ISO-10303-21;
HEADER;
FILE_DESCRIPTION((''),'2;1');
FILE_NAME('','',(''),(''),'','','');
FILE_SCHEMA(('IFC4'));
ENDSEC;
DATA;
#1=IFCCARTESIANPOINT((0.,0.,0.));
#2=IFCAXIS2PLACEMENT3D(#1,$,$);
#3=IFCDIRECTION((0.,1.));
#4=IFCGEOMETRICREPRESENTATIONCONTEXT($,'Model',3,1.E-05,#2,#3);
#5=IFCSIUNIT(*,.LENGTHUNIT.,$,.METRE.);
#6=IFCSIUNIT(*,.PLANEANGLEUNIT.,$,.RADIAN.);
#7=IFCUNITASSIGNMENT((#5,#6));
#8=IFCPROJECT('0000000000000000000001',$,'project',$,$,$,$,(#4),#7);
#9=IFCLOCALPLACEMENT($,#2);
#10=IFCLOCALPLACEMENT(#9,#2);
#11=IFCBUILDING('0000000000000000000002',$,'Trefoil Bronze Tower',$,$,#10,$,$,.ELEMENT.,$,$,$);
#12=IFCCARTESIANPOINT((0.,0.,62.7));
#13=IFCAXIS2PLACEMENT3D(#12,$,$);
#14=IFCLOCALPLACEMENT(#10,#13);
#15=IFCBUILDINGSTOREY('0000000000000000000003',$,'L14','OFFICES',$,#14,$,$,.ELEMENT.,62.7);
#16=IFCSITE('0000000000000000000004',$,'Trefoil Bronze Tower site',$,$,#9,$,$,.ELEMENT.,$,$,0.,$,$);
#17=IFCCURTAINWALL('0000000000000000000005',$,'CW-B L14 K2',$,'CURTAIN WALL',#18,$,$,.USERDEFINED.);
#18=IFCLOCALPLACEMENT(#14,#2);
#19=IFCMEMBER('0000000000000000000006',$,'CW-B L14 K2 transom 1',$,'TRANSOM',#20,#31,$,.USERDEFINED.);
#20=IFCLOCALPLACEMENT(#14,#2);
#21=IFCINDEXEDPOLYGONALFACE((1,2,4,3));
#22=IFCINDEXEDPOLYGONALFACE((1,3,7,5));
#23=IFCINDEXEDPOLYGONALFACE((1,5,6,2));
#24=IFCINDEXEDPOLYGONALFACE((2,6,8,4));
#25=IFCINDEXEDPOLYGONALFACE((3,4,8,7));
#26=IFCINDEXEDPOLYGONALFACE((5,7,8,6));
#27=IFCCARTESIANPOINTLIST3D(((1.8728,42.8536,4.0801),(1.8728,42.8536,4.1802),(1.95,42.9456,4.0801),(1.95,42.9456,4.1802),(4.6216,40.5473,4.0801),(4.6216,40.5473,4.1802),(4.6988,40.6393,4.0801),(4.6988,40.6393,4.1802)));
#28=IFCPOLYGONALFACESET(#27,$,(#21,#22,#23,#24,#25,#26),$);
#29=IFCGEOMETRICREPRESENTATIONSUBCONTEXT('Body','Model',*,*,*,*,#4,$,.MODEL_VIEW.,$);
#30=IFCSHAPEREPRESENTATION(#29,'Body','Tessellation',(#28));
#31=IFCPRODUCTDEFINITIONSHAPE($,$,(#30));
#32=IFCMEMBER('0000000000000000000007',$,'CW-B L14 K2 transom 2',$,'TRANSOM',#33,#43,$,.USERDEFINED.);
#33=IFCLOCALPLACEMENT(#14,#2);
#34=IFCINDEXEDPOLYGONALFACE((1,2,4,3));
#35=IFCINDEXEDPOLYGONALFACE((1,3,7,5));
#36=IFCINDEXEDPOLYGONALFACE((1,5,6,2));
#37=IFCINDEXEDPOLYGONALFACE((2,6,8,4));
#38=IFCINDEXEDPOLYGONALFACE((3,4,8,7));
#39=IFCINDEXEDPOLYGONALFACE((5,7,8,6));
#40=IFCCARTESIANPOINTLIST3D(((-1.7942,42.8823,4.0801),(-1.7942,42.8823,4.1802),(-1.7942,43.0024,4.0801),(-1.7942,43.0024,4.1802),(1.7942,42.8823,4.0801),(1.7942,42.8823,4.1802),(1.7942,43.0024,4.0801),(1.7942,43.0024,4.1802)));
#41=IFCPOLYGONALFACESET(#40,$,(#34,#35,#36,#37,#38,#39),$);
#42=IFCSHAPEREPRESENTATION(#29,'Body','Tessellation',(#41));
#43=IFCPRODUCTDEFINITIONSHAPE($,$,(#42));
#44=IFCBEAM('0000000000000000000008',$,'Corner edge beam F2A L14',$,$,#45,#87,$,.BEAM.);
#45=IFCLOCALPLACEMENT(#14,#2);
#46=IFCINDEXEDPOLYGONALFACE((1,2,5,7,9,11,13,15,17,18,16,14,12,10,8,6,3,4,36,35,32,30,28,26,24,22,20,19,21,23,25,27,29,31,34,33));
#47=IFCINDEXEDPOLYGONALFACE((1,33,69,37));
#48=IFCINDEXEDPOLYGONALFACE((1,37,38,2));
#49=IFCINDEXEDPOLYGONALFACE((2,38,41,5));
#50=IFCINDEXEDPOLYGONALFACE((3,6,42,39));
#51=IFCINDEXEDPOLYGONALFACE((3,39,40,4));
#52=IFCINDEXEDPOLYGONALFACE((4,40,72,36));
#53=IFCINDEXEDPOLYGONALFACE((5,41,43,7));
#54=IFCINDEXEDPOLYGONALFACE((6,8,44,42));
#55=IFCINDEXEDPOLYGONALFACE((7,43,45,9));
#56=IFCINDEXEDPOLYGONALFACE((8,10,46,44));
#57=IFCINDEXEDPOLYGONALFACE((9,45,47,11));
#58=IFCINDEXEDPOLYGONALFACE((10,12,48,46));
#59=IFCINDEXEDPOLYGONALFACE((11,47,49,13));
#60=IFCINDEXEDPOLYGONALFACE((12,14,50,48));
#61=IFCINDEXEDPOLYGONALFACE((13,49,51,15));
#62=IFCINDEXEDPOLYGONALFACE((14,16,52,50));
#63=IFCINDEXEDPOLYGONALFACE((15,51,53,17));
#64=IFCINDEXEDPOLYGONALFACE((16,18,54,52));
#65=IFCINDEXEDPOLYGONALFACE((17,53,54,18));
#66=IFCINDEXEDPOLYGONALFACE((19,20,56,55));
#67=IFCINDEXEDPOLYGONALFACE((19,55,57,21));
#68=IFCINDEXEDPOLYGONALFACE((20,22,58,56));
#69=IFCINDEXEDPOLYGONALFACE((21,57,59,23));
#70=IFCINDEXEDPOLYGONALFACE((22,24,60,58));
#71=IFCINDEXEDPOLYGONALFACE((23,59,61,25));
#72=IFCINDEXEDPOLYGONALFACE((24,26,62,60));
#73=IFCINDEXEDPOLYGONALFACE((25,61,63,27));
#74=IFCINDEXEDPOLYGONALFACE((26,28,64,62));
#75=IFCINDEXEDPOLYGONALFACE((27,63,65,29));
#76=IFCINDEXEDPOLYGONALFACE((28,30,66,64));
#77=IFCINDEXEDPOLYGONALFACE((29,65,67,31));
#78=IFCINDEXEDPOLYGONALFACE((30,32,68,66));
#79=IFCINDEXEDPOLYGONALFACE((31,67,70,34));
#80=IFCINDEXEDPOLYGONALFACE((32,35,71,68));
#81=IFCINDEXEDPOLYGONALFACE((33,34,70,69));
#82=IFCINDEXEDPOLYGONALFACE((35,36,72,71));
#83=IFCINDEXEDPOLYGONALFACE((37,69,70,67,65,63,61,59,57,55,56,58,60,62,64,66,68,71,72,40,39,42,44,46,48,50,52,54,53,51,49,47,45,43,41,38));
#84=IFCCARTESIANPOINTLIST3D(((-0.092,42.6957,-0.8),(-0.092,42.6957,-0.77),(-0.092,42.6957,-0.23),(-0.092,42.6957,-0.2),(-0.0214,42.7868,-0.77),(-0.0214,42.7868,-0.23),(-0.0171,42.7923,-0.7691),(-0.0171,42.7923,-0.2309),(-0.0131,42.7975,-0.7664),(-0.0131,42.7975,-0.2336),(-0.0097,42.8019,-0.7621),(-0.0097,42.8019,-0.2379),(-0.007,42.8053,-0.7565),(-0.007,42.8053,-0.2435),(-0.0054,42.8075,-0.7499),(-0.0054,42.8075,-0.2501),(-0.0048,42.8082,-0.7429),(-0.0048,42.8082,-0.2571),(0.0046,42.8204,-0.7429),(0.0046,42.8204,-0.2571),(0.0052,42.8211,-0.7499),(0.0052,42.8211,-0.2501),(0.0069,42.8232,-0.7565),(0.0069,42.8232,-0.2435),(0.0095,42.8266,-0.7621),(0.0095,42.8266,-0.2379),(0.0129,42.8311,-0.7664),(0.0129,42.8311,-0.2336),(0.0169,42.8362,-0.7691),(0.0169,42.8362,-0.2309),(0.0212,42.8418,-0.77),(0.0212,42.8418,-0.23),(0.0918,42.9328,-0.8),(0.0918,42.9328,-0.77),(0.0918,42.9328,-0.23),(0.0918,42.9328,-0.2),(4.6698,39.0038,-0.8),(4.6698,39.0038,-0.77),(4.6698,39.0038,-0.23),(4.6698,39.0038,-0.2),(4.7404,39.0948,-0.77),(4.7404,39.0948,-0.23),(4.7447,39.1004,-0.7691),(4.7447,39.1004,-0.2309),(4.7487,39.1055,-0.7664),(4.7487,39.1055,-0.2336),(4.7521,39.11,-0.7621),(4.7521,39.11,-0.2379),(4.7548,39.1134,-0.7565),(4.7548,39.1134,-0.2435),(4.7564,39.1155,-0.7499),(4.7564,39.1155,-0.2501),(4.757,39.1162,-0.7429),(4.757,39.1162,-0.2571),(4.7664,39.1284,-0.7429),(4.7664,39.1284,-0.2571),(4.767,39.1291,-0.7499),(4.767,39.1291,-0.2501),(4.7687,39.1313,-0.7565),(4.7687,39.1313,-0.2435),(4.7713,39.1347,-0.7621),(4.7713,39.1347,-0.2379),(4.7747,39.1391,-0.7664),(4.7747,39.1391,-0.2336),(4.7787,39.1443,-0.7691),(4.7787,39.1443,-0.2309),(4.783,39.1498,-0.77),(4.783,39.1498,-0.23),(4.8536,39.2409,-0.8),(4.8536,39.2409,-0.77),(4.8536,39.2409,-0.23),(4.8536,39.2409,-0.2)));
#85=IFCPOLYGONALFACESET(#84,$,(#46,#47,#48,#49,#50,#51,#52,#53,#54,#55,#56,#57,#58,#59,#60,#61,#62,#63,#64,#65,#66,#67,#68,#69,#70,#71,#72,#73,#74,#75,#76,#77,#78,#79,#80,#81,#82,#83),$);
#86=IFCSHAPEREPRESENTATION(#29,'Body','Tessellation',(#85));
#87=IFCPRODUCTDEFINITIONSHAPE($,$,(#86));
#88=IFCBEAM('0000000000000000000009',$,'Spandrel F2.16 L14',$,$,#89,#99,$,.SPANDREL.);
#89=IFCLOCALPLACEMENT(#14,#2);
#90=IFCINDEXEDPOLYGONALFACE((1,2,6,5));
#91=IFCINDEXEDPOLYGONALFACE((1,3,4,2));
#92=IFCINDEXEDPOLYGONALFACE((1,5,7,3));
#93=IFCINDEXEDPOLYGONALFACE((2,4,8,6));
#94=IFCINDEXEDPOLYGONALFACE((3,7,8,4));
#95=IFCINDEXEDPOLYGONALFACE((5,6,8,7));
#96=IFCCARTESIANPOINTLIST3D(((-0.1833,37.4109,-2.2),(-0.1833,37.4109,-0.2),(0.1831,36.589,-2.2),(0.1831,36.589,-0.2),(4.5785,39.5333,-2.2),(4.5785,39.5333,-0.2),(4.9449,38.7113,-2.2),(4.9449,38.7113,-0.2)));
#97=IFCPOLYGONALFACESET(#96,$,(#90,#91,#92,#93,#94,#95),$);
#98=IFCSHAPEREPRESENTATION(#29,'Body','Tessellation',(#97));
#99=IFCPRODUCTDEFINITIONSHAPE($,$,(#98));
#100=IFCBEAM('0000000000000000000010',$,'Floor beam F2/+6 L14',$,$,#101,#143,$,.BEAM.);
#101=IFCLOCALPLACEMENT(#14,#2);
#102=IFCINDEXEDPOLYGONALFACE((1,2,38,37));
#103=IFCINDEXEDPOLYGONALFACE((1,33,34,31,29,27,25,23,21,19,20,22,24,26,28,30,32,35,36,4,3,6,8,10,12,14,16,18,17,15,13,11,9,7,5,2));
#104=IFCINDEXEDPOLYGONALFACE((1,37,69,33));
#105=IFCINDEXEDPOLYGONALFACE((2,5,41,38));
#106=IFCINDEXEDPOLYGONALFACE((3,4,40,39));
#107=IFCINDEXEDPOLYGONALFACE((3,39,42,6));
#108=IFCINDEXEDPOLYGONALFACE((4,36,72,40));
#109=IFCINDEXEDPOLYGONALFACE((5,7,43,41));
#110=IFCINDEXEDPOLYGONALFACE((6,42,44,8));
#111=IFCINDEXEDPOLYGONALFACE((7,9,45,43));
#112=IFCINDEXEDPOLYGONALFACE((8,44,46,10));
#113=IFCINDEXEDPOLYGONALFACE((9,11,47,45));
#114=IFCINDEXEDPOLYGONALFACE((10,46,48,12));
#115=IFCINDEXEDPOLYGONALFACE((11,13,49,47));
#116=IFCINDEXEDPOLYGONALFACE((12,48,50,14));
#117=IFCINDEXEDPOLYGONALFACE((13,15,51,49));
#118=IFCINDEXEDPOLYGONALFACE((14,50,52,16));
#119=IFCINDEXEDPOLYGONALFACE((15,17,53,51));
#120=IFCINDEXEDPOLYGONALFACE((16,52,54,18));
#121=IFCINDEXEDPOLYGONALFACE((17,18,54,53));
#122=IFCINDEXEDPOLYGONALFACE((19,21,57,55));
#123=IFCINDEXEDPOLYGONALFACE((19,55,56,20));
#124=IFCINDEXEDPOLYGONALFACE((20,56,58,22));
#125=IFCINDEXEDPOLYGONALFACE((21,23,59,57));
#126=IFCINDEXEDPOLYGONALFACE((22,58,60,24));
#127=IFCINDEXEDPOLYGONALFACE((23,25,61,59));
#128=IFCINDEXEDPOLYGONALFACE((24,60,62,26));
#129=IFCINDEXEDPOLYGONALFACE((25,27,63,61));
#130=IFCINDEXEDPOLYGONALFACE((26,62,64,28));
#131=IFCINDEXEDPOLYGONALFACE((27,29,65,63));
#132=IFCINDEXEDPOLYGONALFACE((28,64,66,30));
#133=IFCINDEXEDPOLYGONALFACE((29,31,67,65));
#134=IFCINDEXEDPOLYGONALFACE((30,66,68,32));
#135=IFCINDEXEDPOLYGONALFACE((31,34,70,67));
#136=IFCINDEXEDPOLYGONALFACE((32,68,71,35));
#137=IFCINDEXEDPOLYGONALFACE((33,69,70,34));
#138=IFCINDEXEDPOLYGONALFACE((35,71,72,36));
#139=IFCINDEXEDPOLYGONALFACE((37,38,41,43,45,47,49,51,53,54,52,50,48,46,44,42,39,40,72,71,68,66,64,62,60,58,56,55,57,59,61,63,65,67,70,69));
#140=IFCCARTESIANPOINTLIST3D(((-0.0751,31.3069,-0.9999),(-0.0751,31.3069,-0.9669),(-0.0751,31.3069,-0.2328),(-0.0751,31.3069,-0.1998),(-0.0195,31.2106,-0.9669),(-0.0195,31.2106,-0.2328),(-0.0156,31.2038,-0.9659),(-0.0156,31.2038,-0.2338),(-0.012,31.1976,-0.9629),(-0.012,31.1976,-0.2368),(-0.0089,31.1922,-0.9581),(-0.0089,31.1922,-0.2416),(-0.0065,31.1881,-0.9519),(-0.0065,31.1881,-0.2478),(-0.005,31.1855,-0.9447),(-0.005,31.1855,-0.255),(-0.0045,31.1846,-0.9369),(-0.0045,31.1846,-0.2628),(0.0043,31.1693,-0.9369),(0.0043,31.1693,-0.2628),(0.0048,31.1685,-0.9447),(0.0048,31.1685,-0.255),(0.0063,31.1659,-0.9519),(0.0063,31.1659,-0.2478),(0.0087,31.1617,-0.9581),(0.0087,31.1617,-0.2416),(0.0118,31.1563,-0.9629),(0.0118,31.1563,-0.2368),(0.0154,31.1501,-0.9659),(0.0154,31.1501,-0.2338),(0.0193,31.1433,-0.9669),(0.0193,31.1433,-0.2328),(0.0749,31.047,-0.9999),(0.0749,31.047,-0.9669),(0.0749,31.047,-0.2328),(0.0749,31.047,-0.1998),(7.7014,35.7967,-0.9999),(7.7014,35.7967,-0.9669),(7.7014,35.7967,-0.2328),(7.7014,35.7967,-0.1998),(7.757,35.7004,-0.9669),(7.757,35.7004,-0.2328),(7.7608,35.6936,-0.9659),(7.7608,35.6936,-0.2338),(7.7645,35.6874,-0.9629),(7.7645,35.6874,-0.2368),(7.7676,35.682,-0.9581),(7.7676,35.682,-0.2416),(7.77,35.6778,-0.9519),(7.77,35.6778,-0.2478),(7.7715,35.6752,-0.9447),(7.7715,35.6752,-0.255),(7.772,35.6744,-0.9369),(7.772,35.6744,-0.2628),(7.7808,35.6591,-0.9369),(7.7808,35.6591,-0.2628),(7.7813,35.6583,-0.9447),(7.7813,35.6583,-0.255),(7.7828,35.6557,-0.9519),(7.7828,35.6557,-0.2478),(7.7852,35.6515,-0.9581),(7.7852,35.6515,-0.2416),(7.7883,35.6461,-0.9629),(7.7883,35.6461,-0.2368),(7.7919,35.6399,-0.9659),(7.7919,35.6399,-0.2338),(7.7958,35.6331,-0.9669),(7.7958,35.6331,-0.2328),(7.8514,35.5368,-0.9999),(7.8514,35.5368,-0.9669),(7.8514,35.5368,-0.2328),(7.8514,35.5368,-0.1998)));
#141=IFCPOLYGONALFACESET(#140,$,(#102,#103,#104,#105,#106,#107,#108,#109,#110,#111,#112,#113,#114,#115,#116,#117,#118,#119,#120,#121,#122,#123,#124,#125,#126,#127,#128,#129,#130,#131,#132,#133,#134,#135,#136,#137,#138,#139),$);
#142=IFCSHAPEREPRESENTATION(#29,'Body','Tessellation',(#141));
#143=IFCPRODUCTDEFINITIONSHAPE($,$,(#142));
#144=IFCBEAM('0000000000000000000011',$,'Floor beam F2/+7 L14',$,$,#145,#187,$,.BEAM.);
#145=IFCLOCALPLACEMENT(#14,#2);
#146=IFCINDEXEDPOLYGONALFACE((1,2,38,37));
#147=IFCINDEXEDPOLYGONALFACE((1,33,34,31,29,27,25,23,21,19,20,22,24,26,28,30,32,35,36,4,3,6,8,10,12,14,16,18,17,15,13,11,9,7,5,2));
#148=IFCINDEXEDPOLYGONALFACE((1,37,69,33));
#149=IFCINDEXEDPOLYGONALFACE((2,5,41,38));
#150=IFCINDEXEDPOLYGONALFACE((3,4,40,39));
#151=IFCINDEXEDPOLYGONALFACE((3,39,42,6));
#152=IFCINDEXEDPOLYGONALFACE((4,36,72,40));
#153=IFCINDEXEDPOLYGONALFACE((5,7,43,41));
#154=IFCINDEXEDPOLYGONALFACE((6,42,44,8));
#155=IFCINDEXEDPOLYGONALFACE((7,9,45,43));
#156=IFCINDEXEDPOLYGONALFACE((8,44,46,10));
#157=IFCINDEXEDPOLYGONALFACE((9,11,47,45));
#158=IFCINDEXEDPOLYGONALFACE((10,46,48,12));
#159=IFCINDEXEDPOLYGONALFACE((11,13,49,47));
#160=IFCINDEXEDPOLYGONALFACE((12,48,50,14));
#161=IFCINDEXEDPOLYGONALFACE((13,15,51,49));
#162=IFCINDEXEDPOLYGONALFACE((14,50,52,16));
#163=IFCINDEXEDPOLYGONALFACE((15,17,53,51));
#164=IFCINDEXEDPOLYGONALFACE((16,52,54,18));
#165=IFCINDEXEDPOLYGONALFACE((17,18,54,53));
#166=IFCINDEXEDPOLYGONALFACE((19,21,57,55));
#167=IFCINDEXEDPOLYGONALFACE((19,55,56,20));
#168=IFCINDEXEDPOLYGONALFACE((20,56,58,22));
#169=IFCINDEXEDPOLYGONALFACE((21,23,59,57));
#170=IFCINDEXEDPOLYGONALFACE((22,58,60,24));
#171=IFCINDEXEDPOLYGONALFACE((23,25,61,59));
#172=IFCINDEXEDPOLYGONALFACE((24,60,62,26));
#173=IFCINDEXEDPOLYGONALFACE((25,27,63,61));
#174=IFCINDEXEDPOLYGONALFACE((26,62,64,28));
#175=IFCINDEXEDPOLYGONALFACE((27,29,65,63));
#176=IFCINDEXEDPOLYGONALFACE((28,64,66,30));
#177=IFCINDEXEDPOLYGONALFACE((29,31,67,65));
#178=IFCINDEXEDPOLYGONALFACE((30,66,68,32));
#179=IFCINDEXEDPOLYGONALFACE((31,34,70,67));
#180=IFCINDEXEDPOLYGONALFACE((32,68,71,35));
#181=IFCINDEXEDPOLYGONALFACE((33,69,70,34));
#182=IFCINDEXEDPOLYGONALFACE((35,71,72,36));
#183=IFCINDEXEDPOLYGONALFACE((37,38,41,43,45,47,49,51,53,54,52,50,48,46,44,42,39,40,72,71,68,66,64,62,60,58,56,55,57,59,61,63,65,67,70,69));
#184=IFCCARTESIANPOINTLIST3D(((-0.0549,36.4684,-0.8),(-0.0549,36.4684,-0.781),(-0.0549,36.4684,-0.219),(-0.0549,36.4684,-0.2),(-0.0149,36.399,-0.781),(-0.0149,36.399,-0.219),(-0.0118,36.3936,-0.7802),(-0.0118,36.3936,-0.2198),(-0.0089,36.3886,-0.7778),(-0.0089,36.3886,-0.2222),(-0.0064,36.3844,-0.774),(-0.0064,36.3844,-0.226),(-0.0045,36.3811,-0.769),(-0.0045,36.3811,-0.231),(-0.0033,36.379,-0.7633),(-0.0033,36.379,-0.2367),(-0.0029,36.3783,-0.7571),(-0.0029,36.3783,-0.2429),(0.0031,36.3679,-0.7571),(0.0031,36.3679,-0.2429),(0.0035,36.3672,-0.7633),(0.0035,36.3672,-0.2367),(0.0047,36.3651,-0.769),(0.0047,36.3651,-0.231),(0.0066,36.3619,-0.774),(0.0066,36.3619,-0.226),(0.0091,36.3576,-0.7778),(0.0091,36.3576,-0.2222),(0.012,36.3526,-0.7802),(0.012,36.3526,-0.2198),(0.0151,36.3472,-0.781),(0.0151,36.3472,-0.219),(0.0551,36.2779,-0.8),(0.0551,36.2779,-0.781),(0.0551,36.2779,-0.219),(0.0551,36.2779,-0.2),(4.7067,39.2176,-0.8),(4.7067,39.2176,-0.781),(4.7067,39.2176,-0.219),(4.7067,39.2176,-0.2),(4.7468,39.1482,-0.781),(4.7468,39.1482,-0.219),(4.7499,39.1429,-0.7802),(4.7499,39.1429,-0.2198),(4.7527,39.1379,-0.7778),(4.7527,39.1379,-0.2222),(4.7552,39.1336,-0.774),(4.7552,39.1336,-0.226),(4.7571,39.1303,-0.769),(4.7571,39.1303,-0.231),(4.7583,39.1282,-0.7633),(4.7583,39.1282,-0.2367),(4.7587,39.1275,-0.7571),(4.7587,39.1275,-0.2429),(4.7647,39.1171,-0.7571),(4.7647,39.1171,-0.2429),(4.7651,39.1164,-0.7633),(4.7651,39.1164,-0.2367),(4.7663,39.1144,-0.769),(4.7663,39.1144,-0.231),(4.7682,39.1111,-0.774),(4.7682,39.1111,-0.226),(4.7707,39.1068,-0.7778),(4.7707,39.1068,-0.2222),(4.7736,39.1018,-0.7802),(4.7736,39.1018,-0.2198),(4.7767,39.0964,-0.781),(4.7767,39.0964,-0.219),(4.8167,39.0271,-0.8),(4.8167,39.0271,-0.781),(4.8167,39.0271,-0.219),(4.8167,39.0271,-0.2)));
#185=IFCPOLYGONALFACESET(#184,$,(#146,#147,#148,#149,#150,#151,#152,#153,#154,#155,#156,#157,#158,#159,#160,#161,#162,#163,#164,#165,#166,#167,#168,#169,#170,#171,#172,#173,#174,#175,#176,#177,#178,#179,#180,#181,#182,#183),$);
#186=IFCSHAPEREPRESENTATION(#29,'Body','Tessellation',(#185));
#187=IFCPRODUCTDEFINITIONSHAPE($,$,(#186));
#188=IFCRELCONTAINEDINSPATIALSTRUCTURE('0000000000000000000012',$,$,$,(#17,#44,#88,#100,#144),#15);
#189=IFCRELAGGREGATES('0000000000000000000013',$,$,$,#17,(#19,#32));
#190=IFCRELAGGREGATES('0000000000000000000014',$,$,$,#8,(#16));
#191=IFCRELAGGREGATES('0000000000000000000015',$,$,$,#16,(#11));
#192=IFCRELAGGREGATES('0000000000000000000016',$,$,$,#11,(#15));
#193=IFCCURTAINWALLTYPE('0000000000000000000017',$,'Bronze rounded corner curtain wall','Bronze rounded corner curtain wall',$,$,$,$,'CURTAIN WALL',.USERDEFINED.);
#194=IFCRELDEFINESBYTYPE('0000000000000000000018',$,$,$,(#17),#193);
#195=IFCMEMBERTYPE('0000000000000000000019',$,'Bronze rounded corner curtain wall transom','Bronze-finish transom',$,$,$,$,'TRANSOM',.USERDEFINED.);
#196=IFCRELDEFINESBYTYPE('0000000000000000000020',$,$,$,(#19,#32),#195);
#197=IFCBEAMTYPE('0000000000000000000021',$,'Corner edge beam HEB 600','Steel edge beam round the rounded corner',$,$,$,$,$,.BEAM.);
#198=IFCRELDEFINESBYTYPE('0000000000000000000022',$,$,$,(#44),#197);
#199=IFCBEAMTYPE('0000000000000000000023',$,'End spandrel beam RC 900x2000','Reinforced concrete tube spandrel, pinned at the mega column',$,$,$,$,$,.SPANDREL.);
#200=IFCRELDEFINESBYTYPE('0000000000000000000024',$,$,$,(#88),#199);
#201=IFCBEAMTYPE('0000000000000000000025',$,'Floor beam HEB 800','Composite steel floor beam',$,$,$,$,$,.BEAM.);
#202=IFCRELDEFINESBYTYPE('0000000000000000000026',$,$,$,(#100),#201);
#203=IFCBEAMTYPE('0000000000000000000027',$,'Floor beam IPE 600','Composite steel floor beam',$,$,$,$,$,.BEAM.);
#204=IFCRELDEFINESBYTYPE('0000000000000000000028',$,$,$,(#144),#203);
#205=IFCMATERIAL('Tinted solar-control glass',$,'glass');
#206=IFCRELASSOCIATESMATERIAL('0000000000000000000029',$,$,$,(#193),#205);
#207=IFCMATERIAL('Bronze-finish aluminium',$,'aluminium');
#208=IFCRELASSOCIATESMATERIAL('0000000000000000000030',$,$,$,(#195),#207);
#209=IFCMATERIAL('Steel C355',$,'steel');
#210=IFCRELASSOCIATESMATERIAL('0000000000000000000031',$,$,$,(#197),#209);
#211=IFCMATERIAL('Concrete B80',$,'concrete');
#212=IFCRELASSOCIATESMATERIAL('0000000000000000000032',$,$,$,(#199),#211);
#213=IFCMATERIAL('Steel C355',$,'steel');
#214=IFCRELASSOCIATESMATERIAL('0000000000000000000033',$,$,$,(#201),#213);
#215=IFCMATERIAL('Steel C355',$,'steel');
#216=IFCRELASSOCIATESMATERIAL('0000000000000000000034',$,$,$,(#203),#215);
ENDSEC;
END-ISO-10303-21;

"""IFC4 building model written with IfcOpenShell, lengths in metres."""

from ifc_helpers import new_model, si_unit, direction, frame, origin, origin_2d, place, context, subcontext, project, spatial, rectangle, i_section, extrude, material, material_profile, profile_set, type_object, element, aggregate, save


model = new_model("IFC4")

# Units and contexts
model_context = context("Model", 3, precision=1e-05, world=origin(), true_north=direction((0.0, 1.0)))
body_context = subcontext(model_context, "Body", "Model", "MODEL_VIEW")
ifc_project = project(units=[si_unit("LENGTHUNIT", "METRE"), si_unit("PLANEANGLEUNIT", "RADIAN")], contexts=[model_context])

# Site, building, storey
site_placement = place(None, origin())
site = spatial("IfcSite", under=ifc_project, at=site_placement, Name="Trefoil Bronze Tower site", CompositionType="ELEMENT", RefElevation=0.0)
building_placement = place(site_placement, origin())
building = spatial("IfcBuilding", under=site, at=building_placement, Name="Trefoil Bronze Tower", CompositionType="ELEMENT")
storey_placement = place(building_placement, frame((0.0, 0.0, 62.7)))
storey = spatial("IfcBuildingStorey", under=building, at=storey_placement, Name="L14", Description="OFFICES", CompositionType="ELEMENT", Elevation=62.7)

# Curtain wall, members
ifc_material_1 = material(Name="Tinted solar-control glass", Category="glass")
curtain_wall_type_1 = type_object("IfcCurtainWallType", Name="Bronze rounded corner curtain wall", Description="Bronze rounded corner curtain wall", ElementType="CURTAIN WALL", PredefinedType="USERDEFINED", material=ifc_material_1)
curtain_wall_1_placement = place(storey_placement, origin())
curtain_wall_1 = element("IfcCurtainWall", 1, at=curtain_wall_1_placement, inside=storey, type_object=curtain_wall_type_1, Name="CW-B L14 K2", ObjectType="CURTAIN WALL", PredefinedType="USERDEFINED")
ifc_material_2 = material(Name="Bronze-finish aluminium", Category="aluminium")
ifc_material_profile_1 = material_profile(ifc_material_2, rectangle(XDim=0.1201, YDim=0.1001, at=origin_2d()), Name="CW-B transom")
ifc_profile_set_1 = profile_set([ifc_material_profile_1], Name="Bronze-finish aluminium")
member_type_1 = type_object("IfcMemberType", Name="Bronze rounded corner curtain wall transom", Description="Bronze-finish transom", ElementType="TRANSOM", PredefinedType="USERDEFINED", material=ifc_profile_set_1)
member_1_placement = place(storey_placement, frame((4.6602, 40.5933, 4.1301), z_axis=(-0.766059, 0.642771, 0.0), x_axis=(-0.642771, -0.766059, 0.0)))
member_1 = element("IfcMember", 2, at=member_1_placement, type_object=member_type_1, Name="CW-B L14 K2 transom 1", ObjectType="TRANSOM", PredefinedType="USERDEFINED", context=body_context, shape_type="SweptSolid", body=[
    extrude(rectangle(XDim=0.1201, YDim=0.1001, at=origin_2d()), origin(), (0.0, 0.0, 1.0), 3.5881),
])
member_2_placement = place(storey_placement, frame((1.7942, 42.9424, 4.1301), z_axis=(-1.0, 0.0, 0.0), x_axis=(0.0, -1.0, 0.0)))
member_2 = element("IfcMember", 3, at=member_2_placement, type_object=member_type_1, Name="CW-B L14 K2 transom 2", ObjectType="TRANSOM", PredefinedType="USERDEFINED", context=body_context, shape_type="SweptSolid", body=[
    extrude(rectangle(XDim=0.1201, YDim=0.1001, at=origin_2d()), origin(), (0.0, 0.0, 1.0), 3.5884),
])

# Beams
ifc_material_3 = material(Name="Steel C355", Category="steel")
ifc_material_profile_2 = material_profile(ifc_material_3, i_section(OverallWidth=0.3, OverallDepth=0.6001, WebThickness=0.0154, FlangeThickness=0.03, FilletRadius=0.0271, at=origin_2d()), Name="HEB 600")
ifc_profile_set_2 = profile_set([ifc_material_profile_2], Name="Steel C355")
beam_type_1 = type_object("IfcBeamType", Name="Corner edge beam HEB 600", Description="Steel edge beam round the rounded corner", PredefinedType="BEAM", material=ifc_profile_set_2)
beam_1_placement = place(storey_placement, frame((4.7617, 39.1223, -0.5), z_axis=(-0.790289, 0.612734, 0.0), x_axis=(-0.612734, -0.790289, 0.0)))
element("IfcBeam", 4, at=beam_1_placement, inside=storey, type_object=beam_type_1, Name="Corner edge beam F2A L14", PredefinedType="BEAM", context=body_context, shape_type="SweptSolid", body=[
    extrude(i_section(OverallWidth=0.3, OverallDepth=0.6001, WebThickness=0.0154, FlangeThickness=0.03, FilletRadius=0.0271, at=origin_2d()), origin(), (0.0, 0.0, 1.0), 6.0254),
])
ifc_material_4 = material(Name="Concrete B80", Category="concrete")
ifc_material_profile_3 = material_profile(ifc_material_4, rectangle(XDim=0.8999, YDim=2.0, at=origin_2d()), Name="RC 900x2000")
ifc_profile_set_3 = profile_set([ifc_material_profile_3], Name="Concrete B80")
beam_type_2 = type_object("IfcBeamType", Name="End spandrel beam RC 900x2000", Description="Reinforced concrete tube spandrel, pinned at the mega column", PredefinedType="SPANDREL", material=ifc_profile_set_3)
beam_2_placement = place(storey_placement, frame((4.7617, 39.1223, -1.2), z_axis=(-0.913384, -0.407099, 0.0), x_axis=(0.407099, -0.913384, 0.0)))
element("IfcBeam", 5, at=beam_2_placement, inside=storey, type_object=beam_type_2, Name="Spandrel F2.16 L14", PredefinedType="SPANDREL", context=body_context, shape_type="SweptSolid", body=[
    extrude(rectangle(XDim=0.8999, YDim=2.0, at=origin_2d()), origin(), (0.0, 0.0, 1.0), 5.2134),
])
ifc_material_5 = material(Name="Steel C355", Category="steel")
ifc_material_profile_4 = material_profile(ifc_material_5, i_section(OverallWidth=0.3, OverallDepth=0.8, WebThickness=0.0176, FlangeThickness=0.033, FilletRadius=0.03, at=origin_2d()), Name="HEB 800")
ifc_profile_set_4 = profile_set([ifc_material_profile_4], Name="Steel C355")
beam_type_3 = type_object("IfcBeamType", Name="Floor beam HEB 800", Description="Composite steel floor beam", PredefinedType="BEAM", material=ifc_profile_set_4)
beam_3_placement = place(storey_placement, frame((7.7764, 35.6667, -0.5999), z_axis=(-0.866023, -0.500005, 0.0), x_axis=(0.500005, -0.866023, 0.0)))
element("IfcBeam", 6, at=beam_3_placement, inside=storey, type_object=beam_type_3, Name="Floor beam F2/+6 L14", PredefinedType="BEAM", context=body_context, shape_type="SweptSolid", body=[
    extrude(i_section(OverallWidth=0.3, OverallDepth=0.8, WebThickness=0.0176, FlangeThickness=0.033, FilletRadius=0.03, at=origin_2d()), origin(), (0.0, 0.0, 1.0), 8.9795),
])
ifc_material_6 = material(Name="Steel C355", Category="steel")
ifc_material_profile_5 = material_profile(ifc_material_6, i_section(OverallWidth=0.22, OverallDepth=0.6001, WebThickness=0.012, FlangeThickness=0.019, FilletRadius=0.0239, at=origin_2d()), Name="IPE 600")
ifc_profile_set_5 = profile_set([ifc_material_profile_5], Name="Steel C355")
beam_type_4 = type_object("IfcBeamType", Name="Floor beam IPE 600", Description="Composite steel floor beam", PredefinedType="BEAM", material=ifc_profile_set_5)
beam_4_placement = place(storey_placement, frame((4.7617, 39.1223, -0.5), z_axis=(-0.866018, -0.500012, 0.0), x_axis=(0.500012, -0.866018, 0.0)))
element("IfcBeam", 7, at=beam_4_placement, inside=storey, type_object=beam_type_4, Name="Floor beam F2/+7 L14", PredefinedType="BEAM", context=body_context, shape_type="SweptSolid", body=[
    extrude(i_section(OverallWidth=0.22, OverallDepth=0.6001, WebThickness=0.012, FlangeThickness=0.019, FilletRadius=0.0239, at=origin_2d()), origin(), (0.0, 0.0, 1.0), 5.4983),
])

aggregate(curtain_wall_1, [member_1, member_2])

save(model, "model.ifc")
